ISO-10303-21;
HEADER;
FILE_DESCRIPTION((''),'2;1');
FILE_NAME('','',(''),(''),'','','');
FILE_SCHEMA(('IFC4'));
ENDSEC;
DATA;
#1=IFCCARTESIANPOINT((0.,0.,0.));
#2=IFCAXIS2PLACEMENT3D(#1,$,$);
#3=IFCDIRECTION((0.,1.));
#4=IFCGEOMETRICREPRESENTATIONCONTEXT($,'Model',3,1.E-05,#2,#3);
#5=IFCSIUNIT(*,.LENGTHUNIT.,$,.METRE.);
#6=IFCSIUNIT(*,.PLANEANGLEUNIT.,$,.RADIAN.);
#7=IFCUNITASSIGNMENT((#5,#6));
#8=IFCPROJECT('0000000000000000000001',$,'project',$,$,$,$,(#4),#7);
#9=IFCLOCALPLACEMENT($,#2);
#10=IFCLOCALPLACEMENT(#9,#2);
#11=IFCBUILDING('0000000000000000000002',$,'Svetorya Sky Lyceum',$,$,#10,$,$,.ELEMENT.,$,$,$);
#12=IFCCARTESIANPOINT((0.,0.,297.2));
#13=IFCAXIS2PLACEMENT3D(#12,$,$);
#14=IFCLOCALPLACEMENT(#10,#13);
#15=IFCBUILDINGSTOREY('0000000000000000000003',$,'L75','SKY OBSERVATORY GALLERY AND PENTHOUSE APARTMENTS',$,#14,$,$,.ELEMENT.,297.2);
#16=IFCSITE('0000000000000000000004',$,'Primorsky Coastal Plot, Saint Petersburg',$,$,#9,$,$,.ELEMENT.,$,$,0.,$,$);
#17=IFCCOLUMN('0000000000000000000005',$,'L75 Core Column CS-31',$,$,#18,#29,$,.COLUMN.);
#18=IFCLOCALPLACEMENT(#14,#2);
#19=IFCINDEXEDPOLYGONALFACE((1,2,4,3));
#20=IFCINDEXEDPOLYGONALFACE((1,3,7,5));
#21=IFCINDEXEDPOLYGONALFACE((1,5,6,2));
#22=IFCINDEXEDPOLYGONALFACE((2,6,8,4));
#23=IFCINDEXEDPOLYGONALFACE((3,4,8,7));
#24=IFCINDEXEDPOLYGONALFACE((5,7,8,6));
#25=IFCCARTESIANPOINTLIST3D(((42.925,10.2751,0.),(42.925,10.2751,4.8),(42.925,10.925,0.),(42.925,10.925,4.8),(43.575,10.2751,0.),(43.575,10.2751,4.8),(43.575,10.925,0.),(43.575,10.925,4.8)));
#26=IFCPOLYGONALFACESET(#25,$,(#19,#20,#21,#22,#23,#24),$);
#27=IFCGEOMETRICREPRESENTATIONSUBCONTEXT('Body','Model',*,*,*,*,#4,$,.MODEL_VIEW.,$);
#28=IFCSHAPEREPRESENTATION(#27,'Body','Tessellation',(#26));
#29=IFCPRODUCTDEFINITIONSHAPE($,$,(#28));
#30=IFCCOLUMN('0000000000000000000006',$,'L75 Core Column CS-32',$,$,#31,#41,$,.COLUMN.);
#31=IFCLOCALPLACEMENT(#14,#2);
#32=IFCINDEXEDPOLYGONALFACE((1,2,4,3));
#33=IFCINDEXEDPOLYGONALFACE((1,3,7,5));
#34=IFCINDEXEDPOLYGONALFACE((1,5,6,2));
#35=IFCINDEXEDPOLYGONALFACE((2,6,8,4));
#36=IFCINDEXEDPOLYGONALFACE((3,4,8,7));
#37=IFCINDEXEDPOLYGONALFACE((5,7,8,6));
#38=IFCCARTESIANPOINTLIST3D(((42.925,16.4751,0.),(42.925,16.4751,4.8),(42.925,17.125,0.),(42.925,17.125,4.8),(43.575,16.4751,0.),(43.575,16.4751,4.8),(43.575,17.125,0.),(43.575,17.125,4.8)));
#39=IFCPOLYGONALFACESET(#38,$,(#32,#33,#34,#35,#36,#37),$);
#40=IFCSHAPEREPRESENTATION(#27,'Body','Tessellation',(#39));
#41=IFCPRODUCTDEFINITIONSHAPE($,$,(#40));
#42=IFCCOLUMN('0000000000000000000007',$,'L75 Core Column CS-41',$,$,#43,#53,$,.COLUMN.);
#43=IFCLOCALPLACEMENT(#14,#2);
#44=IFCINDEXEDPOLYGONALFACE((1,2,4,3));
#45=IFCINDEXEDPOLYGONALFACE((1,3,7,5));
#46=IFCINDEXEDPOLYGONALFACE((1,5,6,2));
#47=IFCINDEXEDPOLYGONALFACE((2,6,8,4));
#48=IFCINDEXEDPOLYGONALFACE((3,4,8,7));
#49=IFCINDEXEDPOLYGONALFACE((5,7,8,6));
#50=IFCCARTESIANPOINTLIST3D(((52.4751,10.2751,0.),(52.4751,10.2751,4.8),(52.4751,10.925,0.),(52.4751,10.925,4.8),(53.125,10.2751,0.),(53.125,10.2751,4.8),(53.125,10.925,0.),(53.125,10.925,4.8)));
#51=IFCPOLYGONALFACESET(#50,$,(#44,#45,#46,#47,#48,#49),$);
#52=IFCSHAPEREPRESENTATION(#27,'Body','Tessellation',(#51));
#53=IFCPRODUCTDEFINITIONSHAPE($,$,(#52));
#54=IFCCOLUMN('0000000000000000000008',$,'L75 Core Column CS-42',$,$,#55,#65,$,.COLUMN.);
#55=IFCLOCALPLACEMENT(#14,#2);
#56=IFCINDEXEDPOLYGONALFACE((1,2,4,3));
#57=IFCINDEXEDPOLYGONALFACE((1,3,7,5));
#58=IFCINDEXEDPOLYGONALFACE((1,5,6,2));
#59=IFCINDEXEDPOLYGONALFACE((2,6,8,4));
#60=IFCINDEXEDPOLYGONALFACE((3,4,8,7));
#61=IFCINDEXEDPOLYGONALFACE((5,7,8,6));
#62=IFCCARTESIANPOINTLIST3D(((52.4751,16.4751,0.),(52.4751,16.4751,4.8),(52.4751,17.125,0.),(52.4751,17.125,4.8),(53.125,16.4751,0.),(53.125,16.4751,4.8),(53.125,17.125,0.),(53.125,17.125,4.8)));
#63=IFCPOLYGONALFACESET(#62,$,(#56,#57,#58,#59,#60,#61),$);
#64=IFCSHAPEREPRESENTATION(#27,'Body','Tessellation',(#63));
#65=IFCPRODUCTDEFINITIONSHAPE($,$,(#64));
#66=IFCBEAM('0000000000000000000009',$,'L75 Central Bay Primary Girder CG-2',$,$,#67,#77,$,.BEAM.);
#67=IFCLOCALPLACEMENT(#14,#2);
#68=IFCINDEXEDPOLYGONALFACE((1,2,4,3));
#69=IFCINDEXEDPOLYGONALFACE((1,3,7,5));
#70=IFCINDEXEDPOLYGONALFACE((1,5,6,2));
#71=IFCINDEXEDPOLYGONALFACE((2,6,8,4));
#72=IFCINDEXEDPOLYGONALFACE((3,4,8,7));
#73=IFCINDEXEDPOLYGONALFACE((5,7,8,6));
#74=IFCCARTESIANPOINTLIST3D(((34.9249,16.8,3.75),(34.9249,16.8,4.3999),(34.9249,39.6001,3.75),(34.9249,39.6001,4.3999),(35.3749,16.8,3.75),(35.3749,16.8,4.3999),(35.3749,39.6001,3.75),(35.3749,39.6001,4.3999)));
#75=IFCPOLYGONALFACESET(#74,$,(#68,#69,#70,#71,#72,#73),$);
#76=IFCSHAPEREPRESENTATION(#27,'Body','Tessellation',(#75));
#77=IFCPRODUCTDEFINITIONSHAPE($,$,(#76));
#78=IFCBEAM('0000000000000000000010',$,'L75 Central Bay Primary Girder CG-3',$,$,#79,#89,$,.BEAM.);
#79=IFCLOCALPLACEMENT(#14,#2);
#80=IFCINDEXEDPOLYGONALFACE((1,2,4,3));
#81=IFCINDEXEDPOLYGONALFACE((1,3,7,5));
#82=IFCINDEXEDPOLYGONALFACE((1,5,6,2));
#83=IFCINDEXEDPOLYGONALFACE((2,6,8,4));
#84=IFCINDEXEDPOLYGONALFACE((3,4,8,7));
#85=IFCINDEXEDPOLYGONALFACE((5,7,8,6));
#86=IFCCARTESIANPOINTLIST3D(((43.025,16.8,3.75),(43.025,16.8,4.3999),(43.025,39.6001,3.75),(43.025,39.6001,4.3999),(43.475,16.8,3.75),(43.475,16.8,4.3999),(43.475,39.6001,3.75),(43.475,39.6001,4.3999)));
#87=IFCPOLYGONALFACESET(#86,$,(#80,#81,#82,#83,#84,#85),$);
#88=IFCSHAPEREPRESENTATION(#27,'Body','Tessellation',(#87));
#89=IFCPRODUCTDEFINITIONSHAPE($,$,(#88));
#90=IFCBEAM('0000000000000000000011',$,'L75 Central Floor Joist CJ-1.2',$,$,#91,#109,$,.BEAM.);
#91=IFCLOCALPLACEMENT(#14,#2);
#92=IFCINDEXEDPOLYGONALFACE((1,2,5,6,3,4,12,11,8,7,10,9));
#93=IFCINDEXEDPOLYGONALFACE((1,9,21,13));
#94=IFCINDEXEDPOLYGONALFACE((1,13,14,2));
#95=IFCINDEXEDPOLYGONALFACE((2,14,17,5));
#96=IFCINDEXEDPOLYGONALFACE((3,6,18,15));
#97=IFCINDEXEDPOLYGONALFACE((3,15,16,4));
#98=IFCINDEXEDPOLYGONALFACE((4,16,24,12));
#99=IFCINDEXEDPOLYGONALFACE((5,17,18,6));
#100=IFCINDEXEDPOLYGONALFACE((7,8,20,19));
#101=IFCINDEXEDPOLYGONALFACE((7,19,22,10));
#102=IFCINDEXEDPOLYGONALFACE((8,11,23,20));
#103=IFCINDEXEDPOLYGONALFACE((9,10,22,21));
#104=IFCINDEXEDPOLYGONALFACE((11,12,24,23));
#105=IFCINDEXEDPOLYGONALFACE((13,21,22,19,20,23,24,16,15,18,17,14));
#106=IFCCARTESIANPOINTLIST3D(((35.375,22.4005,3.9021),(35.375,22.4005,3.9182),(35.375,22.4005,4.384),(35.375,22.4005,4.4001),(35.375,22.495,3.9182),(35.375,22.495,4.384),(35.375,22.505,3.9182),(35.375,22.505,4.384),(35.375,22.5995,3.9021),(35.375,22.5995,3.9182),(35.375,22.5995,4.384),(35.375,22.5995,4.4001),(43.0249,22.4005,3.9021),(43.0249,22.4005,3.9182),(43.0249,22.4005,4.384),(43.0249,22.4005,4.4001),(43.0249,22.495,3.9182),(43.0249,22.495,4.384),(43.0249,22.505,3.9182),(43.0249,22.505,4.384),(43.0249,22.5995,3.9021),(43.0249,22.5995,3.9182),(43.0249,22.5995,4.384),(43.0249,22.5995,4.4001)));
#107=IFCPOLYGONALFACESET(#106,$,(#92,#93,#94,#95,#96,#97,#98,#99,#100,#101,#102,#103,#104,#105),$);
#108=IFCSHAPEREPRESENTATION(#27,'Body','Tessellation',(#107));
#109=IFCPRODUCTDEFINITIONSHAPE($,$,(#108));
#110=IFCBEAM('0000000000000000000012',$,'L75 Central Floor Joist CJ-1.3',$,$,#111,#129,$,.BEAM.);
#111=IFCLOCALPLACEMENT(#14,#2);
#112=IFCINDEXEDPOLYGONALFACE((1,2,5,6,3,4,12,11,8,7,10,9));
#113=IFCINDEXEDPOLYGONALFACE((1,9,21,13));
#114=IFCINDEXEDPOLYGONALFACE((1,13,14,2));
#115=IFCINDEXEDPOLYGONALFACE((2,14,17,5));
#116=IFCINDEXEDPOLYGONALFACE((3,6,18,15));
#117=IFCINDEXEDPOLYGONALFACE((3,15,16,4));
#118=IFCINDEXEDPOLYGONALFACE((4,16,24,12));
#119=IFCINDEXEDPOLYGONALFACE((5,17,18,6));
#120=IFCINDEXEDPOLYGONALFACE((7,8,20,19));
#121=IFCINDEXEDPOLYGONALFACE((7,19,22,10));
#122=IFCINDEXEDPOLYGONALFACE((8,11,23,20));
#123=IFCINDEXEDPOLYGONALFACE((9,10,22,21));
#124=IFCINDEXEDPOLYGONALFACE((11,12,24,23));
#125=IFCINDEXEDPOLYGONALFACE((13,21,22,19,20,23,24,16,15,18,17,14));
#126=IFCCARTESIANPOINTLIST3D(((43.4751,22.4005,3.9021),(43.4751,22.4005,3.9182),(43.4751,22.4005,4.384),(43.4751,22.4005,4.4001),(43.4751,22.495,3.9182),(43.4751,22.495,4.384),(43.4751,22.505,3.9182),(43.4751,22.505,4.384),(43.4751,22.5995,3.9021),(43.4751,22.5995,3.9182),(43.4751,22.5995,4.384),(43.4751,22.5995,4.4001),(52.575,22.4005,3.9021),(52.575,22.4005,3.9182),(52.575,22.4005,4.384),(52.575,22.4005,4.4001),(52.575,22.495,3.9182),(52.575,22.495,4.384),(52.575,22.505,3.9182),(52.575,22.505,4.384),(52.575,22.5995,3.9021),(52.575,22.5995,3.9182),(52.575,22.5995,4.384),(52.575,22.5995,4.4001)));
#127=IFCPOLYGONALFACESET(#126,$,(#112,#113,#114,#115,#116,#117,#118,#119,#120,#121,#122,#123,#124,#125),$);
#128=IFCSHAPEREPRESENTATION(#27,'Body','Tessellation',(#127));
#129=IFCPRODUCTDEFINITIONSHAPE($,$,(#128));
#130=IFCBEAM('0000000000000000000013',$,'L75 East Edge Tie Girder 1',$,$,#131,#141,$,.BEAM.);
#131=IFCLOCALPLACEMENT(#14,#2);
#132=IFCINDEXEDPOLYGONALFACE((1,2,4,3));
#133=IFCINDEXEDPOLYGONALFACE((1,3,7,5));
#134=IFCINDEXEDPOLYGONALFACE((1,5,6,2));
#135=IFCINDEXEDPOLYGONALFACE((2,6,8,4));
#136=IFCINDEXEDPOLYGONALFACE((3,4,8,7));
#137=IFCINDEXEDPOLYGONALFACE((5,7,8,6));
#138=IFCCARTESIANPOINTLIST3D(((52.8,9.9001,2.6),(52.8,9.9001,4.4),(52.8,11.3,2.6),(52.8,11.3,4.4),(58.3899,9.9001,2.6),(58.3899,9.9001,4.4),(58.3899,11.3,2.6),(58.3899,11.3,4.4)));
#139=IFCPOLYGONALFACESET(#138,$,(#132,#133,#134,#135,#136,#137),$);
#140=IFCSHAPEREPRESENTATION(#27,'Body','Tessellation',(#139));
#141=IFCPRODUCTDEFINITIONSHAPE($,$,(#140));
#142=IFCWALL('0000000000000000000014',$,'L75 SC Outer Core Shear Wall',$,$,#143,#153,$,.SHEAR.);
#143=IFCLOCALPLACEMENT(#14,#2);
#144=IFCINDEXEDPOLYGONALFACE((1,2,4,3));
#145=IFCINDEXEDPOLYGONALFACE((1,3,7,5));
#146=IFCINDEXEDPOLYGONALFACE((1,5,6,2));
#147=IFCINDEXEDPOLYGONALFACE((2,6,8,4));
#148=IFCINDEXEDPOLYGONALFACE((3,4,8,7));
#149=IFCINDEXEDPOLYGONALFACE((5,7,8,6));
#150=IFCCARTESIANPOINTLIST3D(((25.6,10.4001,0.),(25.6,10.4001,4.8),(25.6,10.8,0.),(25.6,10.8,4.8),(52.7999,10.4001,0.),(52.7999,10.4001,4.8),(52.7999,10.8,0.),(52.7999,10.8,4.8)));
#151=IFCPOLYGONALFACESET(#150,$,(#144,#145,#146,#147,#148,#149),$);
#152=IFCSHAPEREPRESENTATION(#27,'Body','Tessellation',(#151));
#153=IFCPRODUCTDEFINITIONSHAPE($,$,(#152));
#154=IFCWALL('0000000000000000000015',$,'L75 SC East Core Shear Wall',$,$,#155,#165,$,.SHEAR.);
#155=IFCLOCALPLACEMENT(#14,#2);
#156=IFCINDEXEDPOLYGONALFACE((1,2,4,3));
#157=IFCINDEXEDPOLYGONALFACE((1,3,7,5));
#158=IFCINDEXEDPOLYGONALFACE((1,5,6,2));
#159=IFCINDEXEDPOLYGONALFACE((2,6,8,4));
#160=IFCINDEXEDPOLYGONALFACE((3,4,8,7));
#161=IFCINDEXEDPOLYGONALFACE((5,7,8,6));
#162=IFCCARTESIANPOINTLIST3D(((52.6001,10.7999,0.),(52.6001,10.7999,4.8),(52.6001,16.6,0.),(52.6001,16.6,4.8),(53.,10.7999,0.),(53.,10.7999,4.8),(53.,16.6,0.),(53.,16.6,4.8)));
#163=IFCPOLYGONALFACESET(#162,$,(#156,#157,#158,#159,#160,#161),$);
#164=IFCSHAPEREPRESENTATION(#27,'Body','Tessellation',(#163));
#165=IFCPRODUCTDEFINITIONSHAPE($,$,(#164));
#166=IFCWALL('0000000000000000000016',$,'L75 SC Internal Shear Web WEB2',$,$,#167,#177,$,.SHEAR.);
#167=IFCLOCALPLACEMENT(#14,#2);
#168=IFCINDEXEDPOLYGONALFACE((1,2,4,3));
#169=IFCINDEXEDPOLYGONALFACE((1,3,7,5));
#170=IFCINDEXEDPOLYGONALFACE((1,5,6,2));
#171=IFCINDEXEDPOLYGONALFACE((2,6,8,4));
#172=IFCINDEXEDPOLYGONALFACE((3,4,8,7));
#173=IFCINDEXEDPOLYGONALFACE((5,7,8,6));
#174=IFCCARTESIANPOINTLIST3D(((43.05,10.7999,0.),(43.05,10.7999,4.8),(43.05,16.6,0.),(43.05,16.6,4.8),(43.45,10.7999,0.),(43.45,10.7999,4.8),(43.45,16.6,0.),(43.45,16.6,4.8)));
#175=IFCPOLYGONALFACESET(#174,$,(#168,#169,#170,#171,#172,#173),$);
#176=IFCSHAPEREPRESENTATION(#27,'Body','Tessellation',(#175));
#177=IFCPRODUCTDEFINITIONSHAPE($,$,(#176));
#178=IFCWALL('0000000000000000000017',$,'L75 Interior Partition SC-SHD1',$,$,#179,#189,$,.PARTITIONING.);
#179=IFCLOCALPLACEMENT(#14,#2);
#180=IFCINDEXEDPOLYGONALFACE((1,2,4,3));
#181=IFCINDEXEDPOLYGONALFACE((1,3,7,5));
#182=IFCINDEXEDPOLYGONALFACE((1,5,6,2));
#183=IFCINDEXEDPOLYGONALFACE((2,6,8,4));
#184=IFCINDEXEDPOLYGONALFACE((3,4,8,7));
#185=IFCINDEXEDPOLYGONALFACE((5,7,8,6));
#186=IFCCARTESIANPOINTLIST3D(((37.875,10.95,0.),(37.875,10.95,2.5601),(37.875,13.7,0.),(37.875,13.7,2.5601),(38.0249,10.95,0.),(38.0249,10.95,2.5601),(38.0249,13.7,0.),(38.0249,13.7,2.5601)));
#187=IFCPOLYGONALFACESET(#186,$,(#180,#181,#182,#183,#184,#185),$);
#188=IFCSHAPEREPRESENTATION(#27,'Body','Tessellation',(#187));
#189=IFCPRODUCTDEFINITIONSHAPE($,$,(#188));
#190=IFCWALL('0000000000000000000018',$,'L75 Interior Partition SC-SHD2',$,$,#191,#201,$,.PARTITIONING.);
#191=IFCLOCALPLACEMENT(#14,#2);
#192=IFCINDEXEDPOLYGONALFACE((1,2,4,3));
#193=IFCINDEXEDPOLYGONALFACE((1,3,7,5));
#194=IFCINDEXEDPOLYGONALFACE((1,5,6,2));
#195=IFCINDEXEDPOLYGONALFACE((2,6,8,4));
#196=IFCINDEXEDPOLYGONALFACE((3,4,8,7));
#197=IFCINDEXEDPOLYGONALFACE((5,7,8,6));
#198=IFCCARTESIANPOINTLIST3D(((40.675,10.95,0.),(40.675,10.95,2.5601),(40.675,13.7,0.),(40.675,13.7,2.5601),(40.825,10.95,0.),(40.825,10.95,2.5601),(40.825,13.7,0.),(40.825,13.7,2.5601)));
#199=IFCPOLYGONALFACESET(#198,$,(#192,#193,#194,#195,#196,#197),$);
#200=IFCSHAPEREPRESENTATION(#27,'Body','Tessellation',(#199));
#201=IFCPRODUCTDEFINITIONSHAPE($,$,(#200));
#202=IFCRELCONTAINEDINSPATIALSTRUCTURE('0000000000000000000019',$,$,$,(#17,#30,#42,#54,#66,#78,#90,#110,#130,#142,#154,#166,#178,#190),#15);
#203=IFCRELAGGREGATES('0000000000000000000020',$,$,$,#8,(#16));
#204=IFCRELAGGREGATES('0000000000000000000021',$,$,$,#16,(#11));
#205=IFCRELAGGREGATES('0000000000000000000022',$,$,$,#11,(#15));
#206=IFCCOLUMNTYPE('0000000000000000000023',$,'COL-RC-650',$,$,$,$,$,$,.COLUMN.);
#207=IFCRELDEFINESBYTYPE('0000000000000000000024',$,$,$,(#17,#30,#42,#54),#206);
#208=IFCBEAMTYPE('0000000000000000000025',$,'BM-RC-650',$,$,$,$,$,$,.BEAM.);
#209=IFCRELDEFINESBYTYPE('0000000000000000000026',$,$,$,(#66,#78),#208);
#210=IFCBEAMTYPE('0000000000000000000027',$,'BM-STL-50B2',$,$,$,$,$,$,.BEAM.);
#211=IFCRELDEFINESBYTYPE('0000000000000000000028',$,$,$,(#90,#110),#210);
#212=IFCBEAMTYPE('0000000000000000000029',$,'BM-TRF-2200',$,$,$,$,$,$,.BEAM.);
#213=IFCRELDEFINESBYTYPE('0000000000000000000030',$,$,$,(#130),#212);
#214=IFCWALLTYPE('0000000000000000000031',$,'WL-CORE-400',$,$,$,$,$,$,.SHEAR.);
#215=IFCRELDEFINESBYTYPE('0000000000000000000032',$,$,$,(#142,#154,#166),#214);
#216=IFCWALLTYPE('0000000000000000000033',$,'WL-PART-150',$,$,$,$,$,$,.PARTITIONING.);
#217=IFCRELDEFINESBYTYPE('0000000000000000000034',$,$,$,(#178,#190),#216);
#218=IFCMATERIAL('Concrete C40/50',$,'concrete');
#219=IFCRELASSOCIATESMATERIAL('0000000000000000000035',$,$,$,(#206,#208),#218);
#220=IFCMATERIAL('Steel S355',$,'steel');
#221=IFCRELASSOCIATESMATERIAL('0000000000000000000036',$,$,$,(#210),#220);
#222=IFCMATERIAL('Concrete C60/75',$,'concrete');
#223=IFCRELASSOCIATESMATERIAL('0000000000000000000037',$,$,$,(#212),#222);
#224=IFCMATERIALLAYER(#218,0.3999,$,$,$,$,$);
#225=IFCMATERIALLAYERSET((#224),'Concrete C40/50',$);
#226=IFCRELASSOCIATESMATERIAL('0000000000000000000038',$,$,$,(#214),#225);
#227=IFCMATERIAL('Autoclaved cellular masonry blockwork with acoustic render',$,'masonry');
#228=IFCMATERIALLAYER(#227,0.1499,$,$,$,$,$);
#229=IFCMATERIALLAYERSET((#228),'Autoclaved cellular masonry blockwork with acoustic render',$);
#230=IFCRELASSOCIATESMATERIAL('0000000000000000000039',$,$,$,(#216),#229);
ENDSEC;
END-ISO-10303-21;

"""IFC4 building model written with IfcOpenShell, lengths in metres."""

from ifc_helpers import new_model, si_unit, direction, frame, frame_2d, origin, origin_2d, place, context, subcontext, project, spatial, rectangle, i_section, extrude, material, layer, layer_set, material_profile, profile_set, type_object, element, save


model = new_model("IFC4")

# Units and contexts
model_context = context("Model", 3, precision=1e-05, world=origin(), true_north=direction((0.0, 1.0)))
body_context = subcontext(model_context, "Body", "Model", "MODEL_VIEW")
ifc_project = project(units=[si_unit("LENGTHUNIT", "METRE"), si_unit("PLANEANGLEUNIT", "RADIAN")], contexts=[model_context])

# Site, building, storey
site_placement = place(None, origin())
site = spatial("IfcSite", under=ifc_project, at=site_placement, Name="Primorsky Coastal Plot, Saint Petersburg", CompositionType="ELEMENT", RefElevation=0.0)
building_placement = place(site_placement, origin())
building = spatial("IfcBuilding", under=site, at=building_placement, Name="Svetorya Sky Lyceum", CompositionType="ELEMENT")
storey_placement = place(building_placement, frame((0.0, 0.0, 297.2)))
storey = spatial("IfcBuildingStorey", under=building, at=storey_placement, Name="L75", Description="SKY OBSERVATORY GALLERY AND PENTHOUSE APARTMENTS", CompositionType="ELEMENT", Elevation=297.2)

# Columns
ifc_material_1 = material(Name="Concrete C40/50", Category="concrete")
ifc_material_profile_1 = material_profile(ifc_material_1, rectangle(XDim=0.6499, YDim=0.6499, at=origin_2d()), Name="RC COL 650x650")
ifc_profile_set_1 = profile_set([ifc_material_profile_1], Name="Concrete C40/50")
column_type = type_object("IfcColumnType", Name="COL-RC-650", PredefinedType="COLUMN", material=ifc_profile_set_1)
for number, where, z_axis, x_axis, name in (
    (1, (43.25, 10.6001, 0.0), (0.0, 0.0, 1.0), (1.0, 0.0, 0.0), "L75 Core Column CS-31"),
    (2, (43.25, 16.8, 0.0), (0.0, 0.0, 1.0), (1.0, 0.0, 0.0), "L75 Core Column CS-32"),
    (3, (52.8, 10.6001, 0.0), (0.0, 0.0, 1.0), (1.0, 0.0, 0.0), "L75 Core Column CS-41"),
    (4, (52.8, 16.8, 0.0), (0.0, 0.0, 1.0), (1.0, 0.0, 0.0), "L75 Core Column CS-42"),
):
    element("IfcColumn", number, at=place(storey_placement, frame(where, z_axis=z_axis, x_axis=x_axis)), inside=storey, type_object=column_type, Name=name, PredefinedType="COLUMN", context=body_context, shape_type="SweptSolid", body=[
        extrude(rectangle(XDim=0.6499, YDim=0.6499, at=origin_2d()), origin(), (0.0, 0.0, 1.0), 4.8),
    ])

# Beams
ifc_material_profile_2 = material_profile(ifc_material_1, rectangle(XDim=0.45, YDim=0.6499, at=origin_2d()), Name="RC BEAM 450x650")
ifc_profile_set_2 = profile_set([ifc_material_profile_2], Name="Concrete C40/50")
beam_type_1 = type_object("IfcBeamType", Name="BM-RC-650", PredefinedType="BEAM", material=ifc_profile_set_2)
for number, where, z_axis, x_axis, name in (
    (5, (35.1499, 16.8, 4.075), (0.0, 1.0, 0.0), (-1.0, 0.0, 0.0), "L75 Central Bay Primary Girder CG-2"),
    (6, (43.25, 16.8, 4.075), (0.0, 1.0, 0.0), (-1.0, 0.0, 0.0), "L75 Central Bay Primary Girder CG-3"),
):
    element("IfcBeam", number, at=place(storey_placement, frame(where, z_axis=z_axis, x_axis=x_axis)), inside=storey, type_object=beam_type_1, Name=name, PredefinedType="BEAM", context=body_context, shape_type="SweptSolid", body=[
        extrude(rectangle(XDim=0.45, YDim=0.6499, at=origin_2d()), origin(), (0.0, 0.0, 1.0), 22.8),
    ])
ifc_material_2 = material(Name="Steel S355", Category="steel")
ifc_material_profile_3 = material_profile(ifc_material_2, i_section(OverallWidth=0.199, OverallDepth=0.498, WebThickness=0.01, FlangeThickness=0.0161, at=origin_2d()), Name="GOST 50B2")
ifc_profile_set_3 = profile_set([ifc_material_profile_3], Name="Steel S355")
beam_type_2 = type_object("IfcBeamType", Name="BM-STL-50B2", PredefinedType="BEAM", material=ifc_profile_set_3)
beam_1_placement = place(storey_placement, frame((35.375, 22.5, 4.1511), z_axis=(1.0, 0.0, 0.0), x_axis=(0.0, 1.0, 0.0)))
element("IfcBeam", 7, at=beam_1_placement, inside=storey, type_object=beam_type_2, Name="L75 Central Floor Joist CJ-1.2", PredefinedType="BEAM", context=body_context, shape_type="SweptSolid", body=[
    extrude(i_section(OverallWidth=0.199, OverallDepth=0.498, WebThickness=0.01, FlangeThickness=0.0161, at=origin_2d()), origin(), (0.0, 0.0, 1.0), 7.6499),
])
beam_2_placement = place(storey_placement, frame((43.4751, 22.5, 4.1511), z_axis=(1.0, 0.0, 0.0), x_axis=(0.0, 1.0, 0.0)))
element("IfcBeam", 8, at=beam_2_placement, inside=storey, type_object=beam_type_2, Name="L75 Central Floor Joist CJ-1.3", PredefinedType="BEAM", context=body_context, shape_type="SweptSolid", body=[
    extrude(i_section(OverallWidth=0.199, OverallDepth=0.498, WebThickness=0.01, FlangeThickness=0.0161, at=origin_2d()), origin(), (0.0, 0.0, 1.0), 9.0999),
])
ifc_material_3 = material(Name="Concrete C60/75", Category="concrete")
ifc_material_profile_4 = material_profile(ifc_material_3, rectangle(XDim=1.3999, YDim=1.8, at=origin_2d()), Name="RC TRANSFER 1400x1800")
ifc_profile_set_4 = profile_set([ifc_material_profile_4], Name="Concrete C60/75")
beam_type_3 = type_object("IfcBeamType", Name="BM-TRF-2200", PredefinedType="BEAM", material=ifc_profile_set_4)
beam_3_placement = place(storey_placement, frame((52.8, 10.6001, 3.5), z_axis=(1.0, 0.0, 0.0), x_axis=(0.0, 1.0, 0.0)))
element("IfcBeam", 9, at=beam_3_placement, inside=storey, type_object=beam_type_3, Name="L75 East Edge Tie Girder 1", PredefinedType="BEAM", context=body_context, shape_type="SweptSolid", body=[
    extrude(rectangle(XDim=1.3999, YDim=1.8, at=origin_2d()), origin(), (0.0, 0.0, 1.0), 5.5898),
])

# Walls
ifc_layer_1 = layer(ifc_material_1, 0.3999)
ifc_layer_set_1 = layer_set([ifc_layer_1], Name="Concrete C40/50")
wall_type_1 = type_object("IfcWallType", Name="WL-CORE-400", PredefinedType="SHEAR", material=ifc_layer_set_1)
wall_1_placement = place(storey_placement, frame((52.8, 10.6001, 0.0), z_axis=(0.0, 0.0, 1.0), x_axis=(-1.0, 0.0, 0.0)))
element("IfcWall", 10, at=wall_1_placement, inside=storey, type_object=wall_type_1, Name="L75 SC Outer Core Shear Wall", PredefinedType="SHEAR", context=body_context, shape_type="SweptSolid", body=[
    extrude(rectangle(XDim=27.2, YDim=0.3999, at=frame_2d((13.6001, 0.0))), origin(), (0.0, 0.0, 1.0), 4.8),
])
for number, where, z_axis, x_axis, name in (
    (11, (52.8, 10.8, 0.0), (0.0, 0.0, 1.0), (0.0, 1.0, 0.0), "L75 SC East Core Shear Wall"),
    (12, (43.25, 10.8, 0.0), (0.0, 0.0, 1.0), (0.0, 1.0, 0.0), "L75 SC Internal Shear Web WEB2"),
):
    element("IfcWall", number, at=place(storey_placement, frame(where, z_axis=z_axis, x_axis=x_axis)), inside=storey, type_object=wall_type_1, Name=name, PredefinedType="SHEAR", context=body_context, shape_type="SweptSolid", body=[
        extrude(rectangle(XDim=5.8, YDim=0.3999, at=frame_2d((2.8999, 0.0))), origin(), (0.0, 0.0, 1.0), 4.8),
    ])
ifc_material_4 = material(Name="Autoclaved cellular masonry blockwork with acoustic render", Category="masonry")
ifc_layer_2 = layer(ifc_material_4, 0.1499)
ifc_layer_set_2 = layer_set([ifc_layer_2], Name="Autoclaved cellular masonry blockwork with acoustic render")
wall_type_2 = type_object("IfcWallType", Name="WL-PART-150", PredefinedType="PARTITIONING", material=ifc_layer_set_2)
for number, where, z_axis, x_axis, name in (
    (13, (37.95, 10.95, 0.0), (0.0, 0.0, 1.0), (0.0, 1.0, 0.0), "L75 Interior Partition SC-SHD1"),
    (14, (40.75, 10.95, 0.0), (0.0, 0.0, 1.0), (0.0, 1.0, 0.0), "L75 Interior Partition SC-SHD2"),
):
    element("IfcWall", number, at=place(storey_placement, frame(where, z_axis=z_axis, x_axis=x_axis)), inside=storey, type_object=wall_type_2, Name=name, PredefinedType="PARTITIONING", context=body_context, shape_type="SweptSolid", body=[
        extrude(rectangle(XDim=2.75, YDim=0.1499, at=frame_2d((1.375, 0.0))), origin(), (0.0, 0.0, 1.0), 2.5601),
    ])

save(model, "model.ifc")
